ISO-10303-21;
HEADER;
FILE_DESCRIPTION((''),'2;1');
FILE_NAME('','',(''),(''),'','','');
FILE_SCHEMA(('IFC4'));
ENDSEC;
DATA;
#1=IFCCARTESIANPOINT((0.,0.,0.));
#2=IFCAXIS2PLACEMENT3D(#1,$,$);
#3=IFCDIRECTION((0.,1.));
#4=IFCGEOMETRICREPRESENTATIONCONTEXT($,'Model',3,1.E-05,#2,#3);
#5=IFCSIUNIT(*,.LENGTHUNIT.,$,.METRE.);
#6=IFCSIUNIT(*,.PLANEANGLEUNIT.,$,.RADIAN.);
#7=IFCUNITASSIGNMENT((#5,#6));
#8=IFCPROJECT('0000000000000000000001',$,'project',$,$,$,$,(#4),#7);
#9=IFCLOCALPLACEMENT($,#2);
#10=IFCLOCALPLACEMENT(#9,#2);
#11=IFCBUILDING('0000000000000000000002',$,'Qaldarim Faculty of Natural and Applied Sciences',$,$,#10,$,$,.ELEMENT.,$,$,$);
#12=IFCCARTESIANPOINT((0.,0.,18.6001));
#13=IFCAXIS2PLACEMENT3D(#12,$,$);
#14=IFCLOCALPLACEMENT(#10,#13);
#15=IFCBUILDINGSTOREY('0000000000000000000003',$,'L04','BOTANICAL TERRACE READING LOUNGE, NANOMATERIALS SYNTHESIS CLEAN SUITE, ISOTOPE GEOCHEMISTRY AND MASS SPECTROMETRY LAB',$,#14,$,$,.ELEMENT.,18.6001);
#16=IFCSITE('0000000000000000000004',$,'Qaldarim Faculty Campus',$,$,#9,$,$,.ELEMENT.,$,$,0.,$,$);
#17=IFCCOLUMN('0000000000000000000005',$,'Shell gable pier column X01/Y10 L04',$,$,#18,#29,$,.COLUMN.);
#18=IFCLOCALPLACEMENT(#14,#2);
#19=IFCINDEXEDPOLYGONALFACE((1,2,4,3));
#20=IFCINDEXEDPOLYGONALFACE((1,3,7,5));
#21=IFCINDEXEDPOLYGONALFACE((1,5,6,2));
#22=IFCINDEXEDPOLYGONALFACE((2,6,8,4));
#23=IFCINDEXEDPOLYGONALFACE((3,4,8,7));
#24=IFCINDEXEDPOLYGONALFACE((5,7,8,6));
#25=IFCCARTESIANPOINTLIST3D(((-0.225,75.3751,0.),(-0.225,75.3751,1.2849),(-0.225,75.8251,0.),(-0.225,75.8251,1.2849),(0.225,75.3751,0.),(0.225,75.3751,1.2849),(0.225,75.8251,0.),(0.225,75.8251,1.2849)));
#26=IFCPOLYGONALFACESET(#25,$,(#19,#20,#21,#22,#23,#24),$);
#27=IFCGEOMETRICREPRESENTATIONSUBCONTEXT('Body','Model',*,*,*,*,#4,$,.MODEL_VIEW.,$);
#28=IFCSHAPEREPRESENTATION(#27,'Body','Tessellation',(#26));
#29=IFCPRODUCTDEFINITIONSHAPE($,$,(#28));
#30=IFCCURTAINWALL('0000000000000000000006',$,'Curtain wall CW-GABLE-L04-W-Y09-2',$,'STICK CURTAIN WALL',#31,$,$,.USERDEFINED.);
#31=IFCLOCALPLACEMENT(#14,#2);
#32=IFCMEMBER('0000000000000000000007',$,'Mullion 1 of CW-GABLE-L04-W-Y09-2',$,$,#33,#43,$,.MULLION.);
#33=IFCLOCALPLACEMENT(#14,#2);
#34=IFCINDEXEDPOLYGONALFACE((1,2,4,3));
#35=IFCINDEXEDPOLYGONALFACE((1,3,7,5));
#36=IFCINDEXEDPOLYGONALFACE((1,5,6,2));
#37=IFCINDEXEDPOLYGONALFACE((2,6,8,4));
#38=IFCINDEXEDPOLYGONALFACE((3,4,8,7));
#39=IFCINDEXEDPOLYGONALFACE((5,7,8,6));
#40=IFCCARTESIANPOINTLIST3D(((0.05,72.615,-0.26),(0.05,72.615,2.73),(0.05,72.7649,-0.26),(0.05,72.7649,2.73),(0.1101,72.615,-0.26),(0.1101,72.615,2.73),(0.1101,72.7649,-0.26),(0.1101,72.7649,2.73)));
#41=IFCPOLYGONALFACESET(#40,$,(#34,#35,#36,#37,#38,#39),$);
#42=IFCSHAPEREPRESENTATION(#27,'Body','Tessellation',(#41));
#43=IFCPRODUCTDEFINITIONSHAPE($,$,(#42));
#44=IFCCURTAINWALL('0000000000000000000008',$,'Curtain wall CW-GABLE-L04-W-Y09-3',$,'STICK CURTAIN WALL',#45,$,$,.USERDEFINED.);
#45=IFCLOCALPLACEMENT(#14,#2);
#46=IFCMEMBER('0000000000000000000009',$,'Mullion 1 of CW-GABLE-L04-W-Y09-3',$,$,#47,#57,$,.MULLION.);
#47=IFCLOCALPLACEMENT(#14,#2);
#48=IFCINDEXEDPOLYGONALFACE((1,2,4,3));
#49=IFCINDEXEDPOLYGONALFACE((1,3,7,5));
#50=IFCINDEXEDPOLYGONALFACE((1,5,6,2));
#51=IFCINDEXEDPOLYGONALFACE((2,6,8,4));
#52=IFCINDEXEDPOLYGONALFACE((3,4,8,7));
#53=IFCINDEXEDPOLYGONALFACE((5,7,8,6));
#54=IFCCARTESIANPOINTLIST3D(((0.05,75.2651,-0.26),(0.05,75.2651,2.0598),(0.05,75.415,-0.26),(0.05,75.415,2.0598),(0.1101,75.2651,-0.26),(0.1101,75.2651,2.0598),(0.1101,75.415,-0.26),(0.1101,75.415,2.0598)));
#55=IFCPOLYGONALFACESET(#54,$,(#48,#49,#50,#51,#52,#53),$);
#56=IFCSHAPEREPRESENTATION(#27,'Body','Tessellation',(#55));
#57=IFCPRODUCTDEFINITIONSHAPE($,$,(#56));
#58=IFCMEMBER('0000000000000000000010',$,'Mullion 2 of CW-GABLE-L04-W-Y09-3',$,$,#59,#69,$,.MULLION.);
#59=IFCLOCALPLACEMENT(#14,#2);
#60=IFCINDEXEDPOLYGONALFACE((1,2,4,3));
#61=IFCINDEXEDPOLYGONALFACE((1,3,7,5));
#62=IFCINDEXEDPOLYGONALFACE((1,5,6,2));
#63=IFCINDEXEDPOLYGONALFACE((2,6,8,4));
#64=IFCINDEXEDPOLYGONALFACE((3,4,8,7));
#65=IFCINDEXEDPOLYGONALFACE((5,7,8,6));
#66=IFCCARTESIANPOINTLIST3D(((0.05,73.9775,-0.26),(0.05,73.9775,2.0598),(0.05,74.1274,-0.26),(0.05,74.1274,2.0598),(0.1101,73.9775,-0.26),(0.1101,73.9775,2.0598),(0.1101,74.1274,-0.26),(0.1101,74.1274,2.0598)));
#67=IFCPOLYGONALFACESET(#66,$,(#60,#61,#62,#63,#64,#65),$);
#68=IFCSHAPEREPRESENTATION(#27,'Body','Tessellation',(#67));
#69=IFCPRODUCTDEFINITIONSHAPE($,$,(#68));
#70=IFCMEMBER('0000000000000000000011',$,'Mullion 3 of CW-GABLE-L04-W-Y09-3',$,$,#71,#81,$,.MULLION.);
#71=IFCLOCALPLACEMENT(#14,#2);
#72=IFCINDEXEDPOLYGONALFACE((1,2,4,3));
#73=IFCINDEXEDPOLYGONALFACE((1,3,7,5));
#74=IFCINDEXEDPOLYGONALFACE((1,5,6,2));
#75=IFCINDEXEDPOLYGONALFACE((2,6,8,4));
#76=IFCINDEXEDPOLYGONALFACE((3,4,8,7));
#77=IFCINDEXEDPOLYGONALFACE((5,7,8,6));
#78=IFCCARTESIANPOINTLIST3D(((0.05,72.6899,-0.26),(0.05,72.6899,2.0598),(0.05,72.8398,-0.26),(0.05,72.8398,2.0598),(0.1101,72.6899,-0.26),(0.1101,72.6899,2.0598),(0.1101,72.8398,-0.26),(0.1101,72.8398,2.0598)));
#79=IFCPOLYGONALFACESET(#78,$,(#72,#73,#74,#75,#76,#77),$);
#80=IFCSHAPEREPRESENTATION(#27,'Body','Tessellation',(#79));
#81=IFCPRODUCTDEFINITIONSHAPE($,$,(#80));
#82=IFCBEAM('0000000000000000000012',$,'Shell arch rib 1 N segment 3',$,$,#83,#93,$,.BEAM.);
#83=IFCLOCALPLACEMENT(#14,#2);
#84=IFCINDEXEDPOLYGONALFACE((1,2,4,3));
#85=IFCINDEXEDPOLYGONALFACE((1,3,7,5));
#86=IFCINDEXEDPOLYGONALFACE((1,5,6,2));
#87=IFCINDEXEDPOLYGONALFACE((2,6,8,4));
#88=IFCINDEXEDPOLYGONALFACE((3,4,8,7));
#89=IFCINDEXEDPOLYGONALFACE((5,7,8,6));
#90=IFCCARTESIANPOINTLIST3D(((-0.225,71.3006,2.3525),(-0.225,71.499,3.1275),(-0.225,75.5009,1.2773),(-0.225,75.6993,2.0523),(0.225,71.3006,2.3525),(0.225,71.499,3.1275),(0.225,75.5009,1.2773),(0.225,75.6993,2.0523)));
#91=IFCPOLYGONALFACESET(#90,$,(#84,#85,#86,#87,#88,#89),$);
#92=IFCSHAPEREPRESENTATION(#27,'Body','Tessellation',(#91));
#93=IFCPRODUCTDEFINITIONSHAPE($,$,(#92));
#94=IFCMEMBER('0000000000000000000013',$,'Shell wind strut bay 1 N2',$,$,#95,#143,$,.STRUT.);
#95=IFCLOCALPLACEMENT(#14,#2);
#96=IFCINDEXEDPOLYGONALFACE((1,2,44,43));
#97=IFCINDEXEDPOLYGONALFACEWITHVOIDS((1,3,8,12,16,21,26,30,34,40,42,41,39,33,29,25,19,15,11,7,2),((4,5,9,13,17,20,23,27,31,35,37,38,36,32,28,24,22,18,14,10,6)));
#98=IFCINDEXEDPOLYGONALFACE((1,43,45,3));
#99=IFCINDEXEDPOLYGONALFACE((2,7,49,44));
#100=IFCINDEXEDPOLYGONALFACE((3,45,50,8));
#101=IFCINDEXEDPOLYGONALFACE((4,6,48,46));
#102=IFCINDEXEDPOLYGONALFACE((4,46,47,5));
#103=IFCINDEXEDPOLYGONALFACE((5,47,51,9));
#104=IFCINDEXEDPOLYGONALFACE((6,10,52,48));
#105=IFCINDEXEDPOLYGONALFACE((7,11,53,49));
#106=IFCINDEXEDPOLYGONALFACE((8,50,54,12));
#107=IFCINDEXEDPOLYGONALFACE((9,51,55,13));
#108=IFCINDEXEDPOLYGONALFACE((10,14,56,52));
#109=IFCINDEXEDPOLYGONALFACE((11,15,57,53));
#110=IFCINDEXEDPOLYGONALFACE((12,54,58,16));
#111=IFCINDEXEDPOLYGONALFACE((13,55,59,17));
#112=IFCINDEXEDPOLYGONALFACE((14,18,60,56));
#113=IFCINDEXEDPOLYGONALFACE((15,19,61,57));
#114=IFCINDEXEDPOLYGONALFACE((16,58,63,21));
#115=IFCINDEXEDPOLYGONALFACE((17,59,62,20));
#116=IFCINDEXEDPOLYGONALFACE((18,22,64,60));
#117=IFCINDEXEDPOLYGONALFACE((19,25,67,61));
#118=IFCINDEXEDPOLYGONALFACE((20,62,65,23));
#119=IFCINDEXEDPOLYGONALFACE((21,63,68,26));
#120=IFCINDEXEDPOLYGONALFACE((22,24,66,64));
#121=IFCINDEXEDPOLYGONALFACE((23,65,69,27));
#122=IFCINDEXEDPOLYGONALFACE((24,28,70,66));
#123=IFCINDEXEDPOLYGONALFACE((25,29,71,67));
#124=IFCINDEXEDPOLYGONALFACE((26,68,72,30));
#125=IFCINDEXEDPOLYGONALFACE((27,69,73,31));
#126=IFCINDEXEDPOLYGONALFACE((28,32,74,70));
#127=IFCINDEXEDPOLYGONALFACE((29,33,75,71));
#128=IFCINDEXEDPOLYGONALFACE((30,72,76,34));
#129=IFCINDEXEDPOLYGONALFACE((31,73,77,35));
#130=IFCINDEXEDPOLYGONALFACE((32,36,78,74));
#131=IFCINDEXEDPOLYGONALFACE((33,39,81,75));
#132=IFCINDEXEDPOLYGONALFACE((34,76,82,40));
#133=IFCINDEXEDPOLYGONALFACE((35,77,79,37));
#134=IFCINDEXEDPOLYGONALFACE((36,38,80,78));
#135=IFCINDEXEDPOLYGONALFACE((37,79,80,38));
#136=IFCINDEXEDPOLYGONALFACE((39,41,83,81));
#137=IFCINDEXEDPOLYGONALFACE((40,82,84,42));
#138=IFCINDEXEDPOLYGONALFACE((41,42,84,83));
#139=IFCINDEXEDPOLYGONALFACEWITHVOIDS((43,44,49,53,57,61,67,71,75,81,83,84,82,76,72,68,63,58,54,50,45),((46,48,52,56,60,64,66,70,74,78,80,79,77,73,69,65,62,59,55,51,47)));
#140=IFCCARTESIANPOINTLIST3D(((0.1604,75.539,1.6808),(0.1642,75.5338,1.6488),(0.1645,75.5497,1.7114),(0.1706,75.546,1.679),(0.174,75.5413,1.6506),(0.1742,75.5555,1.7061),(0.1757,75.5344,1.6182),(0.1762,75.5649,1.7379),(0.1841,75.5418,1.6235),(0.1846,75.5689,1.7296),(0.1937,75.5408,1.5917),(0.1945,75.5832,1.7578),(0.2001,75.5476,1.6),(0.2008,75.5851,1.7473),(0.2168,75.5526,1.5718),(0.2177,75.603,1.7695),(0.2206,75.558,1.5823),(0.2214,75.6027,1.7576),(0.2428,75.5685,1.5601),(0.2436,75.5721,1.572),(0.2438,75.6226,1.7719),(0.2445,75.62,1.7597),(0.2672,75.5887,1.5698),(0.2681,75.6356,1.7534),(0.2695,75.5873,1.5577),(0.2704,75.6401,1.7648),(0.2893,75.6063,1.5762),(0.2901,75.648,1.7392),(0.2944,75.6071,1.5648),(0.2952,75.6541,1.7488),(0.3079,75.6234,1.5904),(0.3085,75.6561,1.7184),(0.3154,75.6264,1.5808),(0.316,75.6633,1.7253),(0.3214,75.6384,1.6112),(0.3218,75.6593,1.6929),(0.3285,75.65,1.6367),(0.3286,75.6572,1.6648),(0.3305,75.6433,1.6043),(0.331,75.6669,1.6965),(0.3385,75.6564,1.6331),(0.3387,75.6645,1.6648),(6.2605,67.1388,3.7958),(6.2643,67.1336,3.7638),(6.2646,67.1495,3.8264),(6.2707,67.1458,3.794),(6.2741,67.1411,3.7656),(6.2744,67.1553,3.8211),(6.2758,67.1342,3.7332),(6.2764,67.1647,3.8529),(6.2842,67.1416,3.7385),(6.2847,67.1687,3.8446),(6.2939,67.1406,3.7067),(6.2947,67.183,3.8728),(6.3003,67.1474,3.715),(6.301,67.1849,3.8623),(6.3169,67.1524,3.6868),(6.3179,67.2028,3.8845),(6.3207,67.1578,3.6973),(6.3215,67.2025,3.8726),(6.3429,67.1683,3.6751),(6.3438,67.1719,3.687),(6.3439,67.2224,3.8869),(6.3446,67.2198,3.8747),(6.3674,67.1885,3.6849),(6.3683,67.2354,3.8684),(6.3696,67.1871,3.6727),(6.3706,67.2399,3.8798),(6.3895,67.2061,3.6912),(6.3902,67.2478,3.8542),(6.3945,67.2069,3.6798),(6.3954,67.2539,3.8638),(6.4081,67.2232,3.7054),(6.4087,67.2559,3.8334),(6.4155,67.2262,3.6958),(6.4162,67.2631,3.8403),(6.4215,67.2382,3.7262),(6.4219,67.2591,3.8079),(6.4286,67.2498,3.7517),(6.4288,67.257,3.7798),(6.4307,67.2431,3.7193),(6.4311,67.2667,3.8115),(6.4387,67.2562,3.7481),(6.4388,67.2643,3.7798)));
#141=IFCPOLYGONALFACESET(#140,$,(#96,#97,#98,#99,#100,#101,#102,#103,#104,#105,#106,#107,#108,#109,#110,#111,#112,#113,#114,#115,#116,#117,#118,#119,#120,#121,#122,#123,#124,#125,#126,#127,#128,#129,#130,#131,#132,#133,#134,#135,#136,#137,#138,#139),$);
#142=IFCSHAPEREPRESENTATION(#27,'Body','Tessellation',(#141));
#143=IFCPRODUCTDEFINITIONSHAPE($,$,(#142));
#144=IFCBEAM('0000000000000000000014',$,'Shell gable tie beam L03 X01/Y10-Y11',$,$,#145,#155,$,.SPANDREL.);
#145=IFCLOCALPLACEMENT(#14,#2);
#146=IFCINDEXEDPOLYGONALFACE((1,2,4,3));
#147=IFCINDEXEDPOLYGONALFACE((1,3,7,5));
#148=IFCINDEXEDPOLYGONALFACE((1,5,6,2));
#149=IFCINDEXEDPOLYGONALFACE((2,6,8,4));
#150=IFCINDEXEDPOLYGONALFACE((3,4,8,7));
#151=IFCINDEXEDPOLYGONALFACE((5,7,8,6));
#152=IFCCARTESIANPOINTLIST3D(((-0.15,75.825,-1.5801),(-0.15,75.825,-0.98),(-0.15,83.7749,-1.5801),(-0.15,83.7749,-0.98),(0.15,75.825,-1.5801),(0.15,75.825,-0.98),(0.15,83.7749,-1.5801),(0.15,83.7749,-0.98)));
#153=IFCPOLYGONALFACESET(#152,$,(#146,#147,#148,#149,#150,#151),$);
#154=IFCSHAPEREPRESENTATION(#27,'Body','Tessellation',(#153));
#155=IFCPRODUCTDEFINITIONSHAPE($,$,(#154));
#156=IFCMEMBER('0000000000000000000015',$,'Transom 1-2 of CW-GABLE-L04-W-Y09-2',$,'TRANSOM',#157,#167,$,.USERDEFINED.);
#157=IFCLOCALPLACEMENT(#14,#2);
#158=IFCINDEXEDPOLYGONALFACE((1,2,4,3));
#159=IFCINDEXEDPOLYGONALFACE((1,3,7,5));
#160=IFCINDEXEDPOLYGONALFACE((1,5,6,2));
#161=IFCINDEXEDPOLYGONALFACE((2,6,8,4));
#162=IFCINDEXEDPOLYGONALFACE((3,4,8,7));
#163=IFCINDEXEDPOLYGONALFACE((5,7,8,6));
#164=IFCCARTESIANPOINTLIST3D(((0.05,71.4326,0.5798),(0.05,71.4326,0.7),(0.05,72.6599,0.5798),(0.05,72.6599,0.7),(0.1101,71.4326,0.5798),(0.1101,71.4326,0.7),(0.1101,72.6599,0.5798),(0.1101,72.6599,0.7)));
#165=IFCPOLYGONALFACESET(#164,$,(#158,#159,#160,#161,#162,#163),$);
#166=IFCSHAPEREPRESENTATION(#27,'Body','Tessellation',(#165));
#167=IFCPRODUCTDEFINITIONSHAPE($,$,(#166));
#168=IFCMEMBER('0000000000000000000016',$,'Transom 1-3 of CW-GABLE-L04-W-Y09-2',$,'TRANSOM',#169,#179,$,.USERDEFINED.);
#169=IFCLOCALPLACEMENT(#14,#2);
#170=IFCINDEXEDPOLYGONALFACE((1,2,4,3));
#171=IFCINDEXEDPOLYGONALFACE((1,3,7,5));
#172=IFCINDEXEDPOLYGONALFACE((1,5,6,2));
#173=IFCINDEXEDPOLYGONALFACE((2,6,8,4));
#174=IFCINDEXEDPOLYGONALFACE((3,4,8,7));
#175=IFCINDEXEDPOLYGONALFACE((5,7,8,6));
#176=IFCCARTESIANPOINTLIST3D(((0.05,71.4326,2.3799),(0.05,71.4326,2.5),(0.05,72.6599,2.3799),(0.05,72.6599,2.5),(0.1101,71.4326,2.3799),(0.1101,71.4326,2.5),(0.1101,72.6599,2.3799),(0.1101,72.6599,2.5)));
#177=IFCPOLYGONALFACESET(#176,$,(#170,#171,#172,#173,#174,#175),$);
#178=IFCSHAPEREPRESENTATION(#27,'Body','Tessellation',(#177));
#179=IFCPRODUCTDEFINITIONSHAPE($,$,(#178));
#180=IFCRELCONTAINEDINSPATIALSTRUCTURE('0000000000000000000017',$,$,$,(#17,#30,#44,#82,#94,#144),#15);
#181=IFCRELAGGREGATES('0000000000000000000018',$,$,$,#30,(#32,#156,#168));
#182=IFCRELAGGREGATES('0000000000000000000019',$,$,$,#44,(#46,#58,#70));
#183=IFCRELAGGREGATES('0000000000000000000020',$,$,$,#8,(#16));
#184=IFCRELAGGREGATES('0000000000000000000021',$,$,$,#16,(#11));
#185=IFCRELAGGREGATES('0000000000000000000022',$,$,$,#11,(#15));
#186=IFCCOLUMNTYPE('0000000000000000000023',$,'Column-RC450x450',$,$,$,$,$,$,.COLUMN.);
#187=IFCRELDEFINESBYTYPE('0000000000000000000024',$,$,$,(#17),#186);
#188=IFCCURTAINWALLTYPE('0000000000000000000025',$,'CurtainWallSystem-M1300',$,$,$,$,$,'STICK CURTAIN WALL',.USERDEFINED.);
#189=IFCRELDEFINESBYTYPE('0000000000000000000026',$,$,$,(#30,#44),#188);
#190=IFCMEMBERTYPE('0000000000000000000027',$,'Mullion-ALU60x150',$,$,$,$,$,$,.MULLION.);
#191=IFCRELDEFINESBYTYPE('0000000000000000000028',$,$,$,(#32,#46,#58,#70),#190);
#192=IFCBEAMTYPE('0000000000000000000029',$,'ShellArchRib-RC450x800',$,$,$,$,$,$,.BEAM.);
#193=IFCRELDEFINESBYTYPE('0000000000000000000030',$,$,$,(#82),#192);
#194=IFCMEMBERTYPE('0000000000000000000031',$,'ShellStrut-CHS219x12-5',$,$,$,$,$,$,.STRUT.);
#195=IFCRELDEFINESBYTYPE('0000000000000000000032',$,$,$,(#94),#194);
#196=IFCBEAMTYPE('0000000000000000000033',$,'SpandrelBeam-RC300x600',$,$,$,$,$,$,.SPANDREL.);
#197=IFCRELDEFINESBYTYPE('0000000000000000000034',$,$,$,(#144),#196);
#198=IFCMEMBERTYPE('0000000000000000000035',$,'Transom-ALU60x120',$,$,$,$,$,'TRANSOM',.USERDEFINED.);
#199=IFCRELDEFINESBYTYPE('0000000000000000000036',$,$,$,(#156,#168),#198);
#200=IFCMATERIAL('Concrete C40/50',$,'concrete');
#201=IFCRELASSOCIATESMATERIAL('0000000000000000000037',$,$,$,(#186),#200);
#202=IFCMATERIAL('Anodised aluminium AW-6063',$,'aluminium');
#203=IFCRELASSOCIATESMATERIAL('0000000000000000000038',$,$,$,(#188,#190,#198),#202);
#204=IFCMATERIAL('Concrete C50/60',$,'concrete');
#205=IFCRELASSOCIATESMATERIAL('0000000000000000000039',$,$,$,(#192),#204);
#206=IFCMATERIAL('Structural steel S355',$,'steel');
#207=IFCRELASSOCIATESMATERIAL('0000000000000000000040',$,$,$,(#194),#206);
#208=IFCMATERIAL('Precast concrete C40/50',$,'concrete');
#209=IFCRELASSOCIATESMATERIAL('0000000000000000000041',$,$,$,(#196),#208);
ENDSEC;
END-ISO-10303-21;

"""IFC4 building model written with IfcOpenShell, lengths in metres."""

from ifc_helpers import new_model, si_unit, direction, frame, origin, origin_2d, place, context, subcontext, project, spatial, rectangle, hollow_circle, extrude, material, material_profile, profile_set, type_object, element, aggregate, save


model = new_model("IFC4")

# Units and contexts
model_context = context("Model", 3, precision=1e-05, world=origin(), true_north=direction((0.0, 1.0)))
body_context = subcontext(model_context, "Body", "Model", "MODEL_VIEW")
ifc_project = project(units=[si_unit("LENGTHUNIT", "METRE"), si_unit("PLANEANGLEUNIT", "RADIAN")], contexts=[model_context])

# Site, building, storey
site_placement = place(None, origin())
site = spatial("IfcSite", under=ifc_project, at=site_placement, Name="Qaldarim Faculty Campus", CompositionType="ELEMENT", RefElevation=0.0)
building_placement = place(site_placement, origin())
building = spatial("IfcBuilding", under=site, at=building_placement, Name="Qaldarim Faculty of Natural and Applied Sciences", CompositionType="ELEMENT")
storey_placement = place(building_placement, frame((0.0, 0.0, 18.6001)))
storey = spatial("IfcBuildingStorey", under=building, at=storey_placement, Name="L04", Description="BOTANICAL TERRACE READING LOUNGE, NANOMATERIALS SYNTHESIS CLEAN SUITE, ISOTOPE GEOCHEMISTRY AND MASS SPECTROMETRY LAB", CompositionType="ELEMENT", Elevation=18.6001)

# Column
ifc_material_1 = material(Name="Concrete C40/50", Category="concrete")
ifc_material_profile_1 = material_profile(ifc_material_1, rectangle(XDim=0.45, YDim=0.45, at=origin_2d()), Name="RC-C450x450")
ifc_profile_set_1 = profile_set([ifc_material_profile_1], Name="Concrete C40/50")
column_type = type_object("IfcColumnType", Name="Column-RC450x450", PredefinedType="COLUMN", material=ifc_profile_set_1)
column_placement = place(storey_placement, frame((0.0, 75.6001, 0.0), z_axis=(0.0, 0.0, 1.0), x_axis=(1.0, 0.0, 0.0)))
element("IfcColumn", 1, at=column_placement, inside=storey, type_object=column_type, Name="Shell gable pier column X01/Y10 L04", PredefinedType="COLUMN", context=body_context, shape_type="SweptSolid", body=[
    extrude(rectangle(XDim=0.45, YDim=0.45, at=origin_2d()), origin(), (0.0, 0.0, 1.0), 1.2849),
])

# Curtain wall, member
ifc_material_2 = material(Name="Anodised aluminium AW-6063", Category="aluminium")
curtain_wall_type = type_object("IfcCurtainWallType", Name="CurtainWallSystem-M1300", ElementType="STICK CURTAIN WALL", PredefinedType="USERDEFINED", material=ifc_material_2)
curtain_wall_1_placement = place(storey_placement, origin())
curtain_wall_1 = element("IfcCurtainWall", 2, at=curtain_wall_1_placement, inside=storey, type_object=curtain_wall_type, Name="Curtain wall CW-GABLE-L04-W-Y09-2", ObjectType="STICK CURTAIN WALL", PredefinedType="USERDEFINED")
ifc_material_profile_2 = material_profile(ifc_material_2, rectangle(XDim=0.0601, YDim=0.1499, at=origin_2d()), Name="ALU-M60x150")
ifc_profile_set_2 = profile_set([ifc_material_profile_2], Name="Anodised aluminium AW-6063")
member_type_1 = type_object("IfcMemberType", Name="Mullion-ALU60x150", PredefinedType="MULLION", material=ifc_profile_set_2)
member_1_placement = place(storey_placement, frame((0.0801, 72.6899, -0.26), z_axis=(0.0, 0.0, 1.0), x_axis=(1.0, 0.0, 0.0)))
member_1 = element("IfcMember", 3, at=member_1_placement, type_object=member_type_1, Name="Mullion 1 of CW-GABLE-L04-W-Y09-2", PredefinedType="MULLION", context=body_context, shape_type="SweptSolid", body=[
    extrude(rectangle(XDim=0.0601, YDim=0.1499, at=origin_2d()), origin(), (0.0, 0.0, 1.0), 2.99),
])

# Curtain wall, members
curtain_wall_2_placement = place(storey_placement, origin())
curtain_wall_2 = element("IfcCurtainWall", 4, at=curtain_wall_2_placement, inside=storey, type_object=curtain_wall_type, Name="Curtain wall CW-GABLE-L04-W-Y09-3", ObjectType="STICK CURTAIN WALL", PredefinedType="USERDEFINED")
member_2_placement = place(storey_placement, frame((0.0801, 75.3401, -0.26), z_axis=(0.0, 0.0, 1.0), x_axis=(1.0, 0.0, 0.0)))
member_2 = element("IfcMember", 5, at=member_2_placement, type_object=member_type_1, Name="Mullion 1 of CW-GABLE-L04-W-Y09-3", PredefinedType="MULLION", context=body_context, shape_type="SweptSolid", body=[
    extrude(rectangle(XDim=0.0601, YDim=0.1499, at=origin_2d()), origin(), (0.0, 0.0, 1.0), 2.3198),
])
member_3_placement = place(storey_placement, frame((0.0801, 74.0525, -0.26), z_axis=(0.0, 0.0, 1.0), x_axis=(1.0, 0.0, 0.0)))
member_3 = element("IfcMember", 6, at=member_3_placement, type_object=member_type_1, Name="Mullion 2 of CW-GABLE-L04-W-Y09-3", PredefinedType="MULLION", context=body_context, shape_type="SweptSolid", body=[
    extrude(rectangle(XDim=0.0601, YDim=0.1499, at=origin_2d()), origin(), (0.0, 0.0, 1.0), 2.3198),
])
member_4_placement = place(storey_placement, frame((0.0801, 72.7649, -0.26), z_axis=(0.0, 0.0, 1.0), x_axis=(1.0, 0.0, 0.0)))
member_4 = element("IfcMember", 7, at=member_4_placement, type_object=member_type_1, Name="Mullion 3 of CW-GABLE-L04-W-Y09-3", PredefinedType="MULLION", context=body_context, shape_type="SweptSolid", body=[
    extrude(rectangle(XDim=0.0601, YDim=0.1499, at=origin_2d()), origin(), (0.0, 0.0, 1.0), 2.3198),
])

# Beam
ifc_material_3 = material(Name="Concrete C50/60", Category="concrete")
ifc_material_profile_3 = material_profile(ifc_material_3, rectangle(XDim=0.45, YDim=0.8, at=origin_2d()), Name="RC-RIB450x800")
ifc_profile_set_3 = profile_set([ifc_material_profile_3], Name="Concrete C50/60")
beam_type_1 = type_object("IfcBeamType", Name="ShellArchRib-RC450x800", PredefinedType="BEAM", material=ifc_profile_set_3)
beam_1_placement = place(storey_placement, frame((0.0, 75.6001, 1.6648), z_axis=(0.0, -0.968762, 0.247991), x_axis=(1.0, 0.0, 0.0)))
element("IfcBeam", 8, at=beam_1_placement, inside=storey, type_object=beam_type_1, Name="Shell arch rib 1 N segment 3", PredefinedType="BEAM", context=body_context, shape_type="SweptSolid", body=[
    extrude(rectangle(XDim=0.45, YDim=0.8, at=origin_2d()), origin(), (0.0, 0.0, 1.0), 4.3357),
])

# Member
ifc_material_4 = material(Name="Structural steel S355", Category="steel")
ifc_material_profile_4 = material_profile(ifc_material_4, hollow_circle(Radius=0.1096, WallThickness=0.0125, at=origin_2d()), Name="CHS 219.1x12.5")
ifc_profile_set_4 = profile_set([ifc_material_profile_4], Name="Structural steel S355")
member_type_2 = type_object("IfcMemberType", Name="ShellStrut-CHS219x12-5", PredefinedType="STRUT", material=ifc_profile_set_4)
member_5_placement = place(storey_placement, frame((0.25, 75.6001, 1.6648), z_axis=(0.575771, -0.792866, 0.199628), x_axis=(0.809153, 0.587598, 0.0)))
element("IfcMember", 9, at=member_5_placement, inside=storey, type_object=member_type_2, Name="Shell wind strut bay 1 N2", PredefinedType="STRUT", context=body_context, shape_type="SweptSolid", body=[
    extrude(hollow_circle(Radius=0.1096, WallThickness=0.0125, at=origin_2d()), origin(), (0.0, 0.0, 1.0), 10.5947),
])

# Beam
ifc_material_5 = material(Name="Precast concrete C40/50", Category="concrete")
ifc_material_profile_5 = material_profile(ifc_material_5, rectangle(XDim=0.3, YDim=0.6001, at=origin_2d()), Name="RC-SP300x600")
ifc_profile_set_5 = profile_set([ifc_material_profile_5], Name="Precast concrete C40/50")
beam_type_2 = type_object("IfcBeamType", Name="SpandrelBeam-RC300x600", PredefinedType="SPANDREL", material=ifc_profile_set_5)
beam_2_placement = place(storey_placement, frame((0.0, 75.825, -1.28), z_axis=(0.0, 1.0, 0.0), x_axis=(-1.0, 0.0, 0.0)))
element("IfcBeam", 10, at=beam_2_placement, inside=storey, type_object=beam_type_2, Name="Shell gable tie beam L03 X01/Y10-Y11", PredefinedType="SPANDREL", context=body_context, shape_type="SweptSolid", body=[
    extrude(rectangle(XDim=0.3, YDim=0.6001, at=origin_2d()), origin(), (0.0, 0.0, 1.0), 7.95),
])

# Members
ifc_material_profile_6 = material_profile(ifc_material_2, rectangle(XDim=0.0601, YDim=0.1201, at=origin_2d()), Name="ALU-T60x120")
ifc_profile_set_6 = profile_set([ifc_material_profile_6], Name="Anodised aluminium AW-6063")
member_type_3 = type_object("IfcMemberType", Name="Transom-ALU60x120", ElementType="TRANSOM", PredefinedType="USERDEFINED", material=ifc_profile_set_6)
member_6_placement = place(storey_placement, frame((0.0801, 72.6599, 0.6399), z_axis=(0.0, -1.0, 0.0), x_axis=(1.0, 0.0, 0.0)))
member_6 = element("IfcMember", 11, at=member_6_placement, type_object=member_type_3, Name="Transom 1-2 of CW-GABLE-L04-W-Y09-2", ObjectType="TRANSOM", PredefinedType="USERDEFINED", context=body_context, shape_type="SweptSolid", body=[
    extrude(rectangle(XDim=0.0601, YDim=0.1201, at=origin_2d()), origin(), (0.0, 0.0, 1.0), 1.2273),
])
member_7_placement = place(storey_placement, frame((0.0801, 72.6599, 2.4399), z_axis=(0.0, -1.0, 0.0), x_axis=(1.0, 0.0, 0.0)))
member_7 = element("IfcMember", 12, at=member_7_placement, type_object=member_type_3, Name="Transom 1-3 of CW-GABLE-L04-W-Y09-2", ObjectType="TRANSOM", PredefinedType="USERDEFINED", context=body_context, shape_type="SweptSolid", body=[
    extrude(rectangle(XDim=0.0601, YDim=0.1201, at=origin_2d()), origin(), (0.0, 0.0, 1.0), 1.2273),
])
aggregate(curtain_wall_1, [member_1, member_6, member_7])

aggregate(curtain_wall_2, [member_2, member_3, member_4])

save(model, "model.ifc")
